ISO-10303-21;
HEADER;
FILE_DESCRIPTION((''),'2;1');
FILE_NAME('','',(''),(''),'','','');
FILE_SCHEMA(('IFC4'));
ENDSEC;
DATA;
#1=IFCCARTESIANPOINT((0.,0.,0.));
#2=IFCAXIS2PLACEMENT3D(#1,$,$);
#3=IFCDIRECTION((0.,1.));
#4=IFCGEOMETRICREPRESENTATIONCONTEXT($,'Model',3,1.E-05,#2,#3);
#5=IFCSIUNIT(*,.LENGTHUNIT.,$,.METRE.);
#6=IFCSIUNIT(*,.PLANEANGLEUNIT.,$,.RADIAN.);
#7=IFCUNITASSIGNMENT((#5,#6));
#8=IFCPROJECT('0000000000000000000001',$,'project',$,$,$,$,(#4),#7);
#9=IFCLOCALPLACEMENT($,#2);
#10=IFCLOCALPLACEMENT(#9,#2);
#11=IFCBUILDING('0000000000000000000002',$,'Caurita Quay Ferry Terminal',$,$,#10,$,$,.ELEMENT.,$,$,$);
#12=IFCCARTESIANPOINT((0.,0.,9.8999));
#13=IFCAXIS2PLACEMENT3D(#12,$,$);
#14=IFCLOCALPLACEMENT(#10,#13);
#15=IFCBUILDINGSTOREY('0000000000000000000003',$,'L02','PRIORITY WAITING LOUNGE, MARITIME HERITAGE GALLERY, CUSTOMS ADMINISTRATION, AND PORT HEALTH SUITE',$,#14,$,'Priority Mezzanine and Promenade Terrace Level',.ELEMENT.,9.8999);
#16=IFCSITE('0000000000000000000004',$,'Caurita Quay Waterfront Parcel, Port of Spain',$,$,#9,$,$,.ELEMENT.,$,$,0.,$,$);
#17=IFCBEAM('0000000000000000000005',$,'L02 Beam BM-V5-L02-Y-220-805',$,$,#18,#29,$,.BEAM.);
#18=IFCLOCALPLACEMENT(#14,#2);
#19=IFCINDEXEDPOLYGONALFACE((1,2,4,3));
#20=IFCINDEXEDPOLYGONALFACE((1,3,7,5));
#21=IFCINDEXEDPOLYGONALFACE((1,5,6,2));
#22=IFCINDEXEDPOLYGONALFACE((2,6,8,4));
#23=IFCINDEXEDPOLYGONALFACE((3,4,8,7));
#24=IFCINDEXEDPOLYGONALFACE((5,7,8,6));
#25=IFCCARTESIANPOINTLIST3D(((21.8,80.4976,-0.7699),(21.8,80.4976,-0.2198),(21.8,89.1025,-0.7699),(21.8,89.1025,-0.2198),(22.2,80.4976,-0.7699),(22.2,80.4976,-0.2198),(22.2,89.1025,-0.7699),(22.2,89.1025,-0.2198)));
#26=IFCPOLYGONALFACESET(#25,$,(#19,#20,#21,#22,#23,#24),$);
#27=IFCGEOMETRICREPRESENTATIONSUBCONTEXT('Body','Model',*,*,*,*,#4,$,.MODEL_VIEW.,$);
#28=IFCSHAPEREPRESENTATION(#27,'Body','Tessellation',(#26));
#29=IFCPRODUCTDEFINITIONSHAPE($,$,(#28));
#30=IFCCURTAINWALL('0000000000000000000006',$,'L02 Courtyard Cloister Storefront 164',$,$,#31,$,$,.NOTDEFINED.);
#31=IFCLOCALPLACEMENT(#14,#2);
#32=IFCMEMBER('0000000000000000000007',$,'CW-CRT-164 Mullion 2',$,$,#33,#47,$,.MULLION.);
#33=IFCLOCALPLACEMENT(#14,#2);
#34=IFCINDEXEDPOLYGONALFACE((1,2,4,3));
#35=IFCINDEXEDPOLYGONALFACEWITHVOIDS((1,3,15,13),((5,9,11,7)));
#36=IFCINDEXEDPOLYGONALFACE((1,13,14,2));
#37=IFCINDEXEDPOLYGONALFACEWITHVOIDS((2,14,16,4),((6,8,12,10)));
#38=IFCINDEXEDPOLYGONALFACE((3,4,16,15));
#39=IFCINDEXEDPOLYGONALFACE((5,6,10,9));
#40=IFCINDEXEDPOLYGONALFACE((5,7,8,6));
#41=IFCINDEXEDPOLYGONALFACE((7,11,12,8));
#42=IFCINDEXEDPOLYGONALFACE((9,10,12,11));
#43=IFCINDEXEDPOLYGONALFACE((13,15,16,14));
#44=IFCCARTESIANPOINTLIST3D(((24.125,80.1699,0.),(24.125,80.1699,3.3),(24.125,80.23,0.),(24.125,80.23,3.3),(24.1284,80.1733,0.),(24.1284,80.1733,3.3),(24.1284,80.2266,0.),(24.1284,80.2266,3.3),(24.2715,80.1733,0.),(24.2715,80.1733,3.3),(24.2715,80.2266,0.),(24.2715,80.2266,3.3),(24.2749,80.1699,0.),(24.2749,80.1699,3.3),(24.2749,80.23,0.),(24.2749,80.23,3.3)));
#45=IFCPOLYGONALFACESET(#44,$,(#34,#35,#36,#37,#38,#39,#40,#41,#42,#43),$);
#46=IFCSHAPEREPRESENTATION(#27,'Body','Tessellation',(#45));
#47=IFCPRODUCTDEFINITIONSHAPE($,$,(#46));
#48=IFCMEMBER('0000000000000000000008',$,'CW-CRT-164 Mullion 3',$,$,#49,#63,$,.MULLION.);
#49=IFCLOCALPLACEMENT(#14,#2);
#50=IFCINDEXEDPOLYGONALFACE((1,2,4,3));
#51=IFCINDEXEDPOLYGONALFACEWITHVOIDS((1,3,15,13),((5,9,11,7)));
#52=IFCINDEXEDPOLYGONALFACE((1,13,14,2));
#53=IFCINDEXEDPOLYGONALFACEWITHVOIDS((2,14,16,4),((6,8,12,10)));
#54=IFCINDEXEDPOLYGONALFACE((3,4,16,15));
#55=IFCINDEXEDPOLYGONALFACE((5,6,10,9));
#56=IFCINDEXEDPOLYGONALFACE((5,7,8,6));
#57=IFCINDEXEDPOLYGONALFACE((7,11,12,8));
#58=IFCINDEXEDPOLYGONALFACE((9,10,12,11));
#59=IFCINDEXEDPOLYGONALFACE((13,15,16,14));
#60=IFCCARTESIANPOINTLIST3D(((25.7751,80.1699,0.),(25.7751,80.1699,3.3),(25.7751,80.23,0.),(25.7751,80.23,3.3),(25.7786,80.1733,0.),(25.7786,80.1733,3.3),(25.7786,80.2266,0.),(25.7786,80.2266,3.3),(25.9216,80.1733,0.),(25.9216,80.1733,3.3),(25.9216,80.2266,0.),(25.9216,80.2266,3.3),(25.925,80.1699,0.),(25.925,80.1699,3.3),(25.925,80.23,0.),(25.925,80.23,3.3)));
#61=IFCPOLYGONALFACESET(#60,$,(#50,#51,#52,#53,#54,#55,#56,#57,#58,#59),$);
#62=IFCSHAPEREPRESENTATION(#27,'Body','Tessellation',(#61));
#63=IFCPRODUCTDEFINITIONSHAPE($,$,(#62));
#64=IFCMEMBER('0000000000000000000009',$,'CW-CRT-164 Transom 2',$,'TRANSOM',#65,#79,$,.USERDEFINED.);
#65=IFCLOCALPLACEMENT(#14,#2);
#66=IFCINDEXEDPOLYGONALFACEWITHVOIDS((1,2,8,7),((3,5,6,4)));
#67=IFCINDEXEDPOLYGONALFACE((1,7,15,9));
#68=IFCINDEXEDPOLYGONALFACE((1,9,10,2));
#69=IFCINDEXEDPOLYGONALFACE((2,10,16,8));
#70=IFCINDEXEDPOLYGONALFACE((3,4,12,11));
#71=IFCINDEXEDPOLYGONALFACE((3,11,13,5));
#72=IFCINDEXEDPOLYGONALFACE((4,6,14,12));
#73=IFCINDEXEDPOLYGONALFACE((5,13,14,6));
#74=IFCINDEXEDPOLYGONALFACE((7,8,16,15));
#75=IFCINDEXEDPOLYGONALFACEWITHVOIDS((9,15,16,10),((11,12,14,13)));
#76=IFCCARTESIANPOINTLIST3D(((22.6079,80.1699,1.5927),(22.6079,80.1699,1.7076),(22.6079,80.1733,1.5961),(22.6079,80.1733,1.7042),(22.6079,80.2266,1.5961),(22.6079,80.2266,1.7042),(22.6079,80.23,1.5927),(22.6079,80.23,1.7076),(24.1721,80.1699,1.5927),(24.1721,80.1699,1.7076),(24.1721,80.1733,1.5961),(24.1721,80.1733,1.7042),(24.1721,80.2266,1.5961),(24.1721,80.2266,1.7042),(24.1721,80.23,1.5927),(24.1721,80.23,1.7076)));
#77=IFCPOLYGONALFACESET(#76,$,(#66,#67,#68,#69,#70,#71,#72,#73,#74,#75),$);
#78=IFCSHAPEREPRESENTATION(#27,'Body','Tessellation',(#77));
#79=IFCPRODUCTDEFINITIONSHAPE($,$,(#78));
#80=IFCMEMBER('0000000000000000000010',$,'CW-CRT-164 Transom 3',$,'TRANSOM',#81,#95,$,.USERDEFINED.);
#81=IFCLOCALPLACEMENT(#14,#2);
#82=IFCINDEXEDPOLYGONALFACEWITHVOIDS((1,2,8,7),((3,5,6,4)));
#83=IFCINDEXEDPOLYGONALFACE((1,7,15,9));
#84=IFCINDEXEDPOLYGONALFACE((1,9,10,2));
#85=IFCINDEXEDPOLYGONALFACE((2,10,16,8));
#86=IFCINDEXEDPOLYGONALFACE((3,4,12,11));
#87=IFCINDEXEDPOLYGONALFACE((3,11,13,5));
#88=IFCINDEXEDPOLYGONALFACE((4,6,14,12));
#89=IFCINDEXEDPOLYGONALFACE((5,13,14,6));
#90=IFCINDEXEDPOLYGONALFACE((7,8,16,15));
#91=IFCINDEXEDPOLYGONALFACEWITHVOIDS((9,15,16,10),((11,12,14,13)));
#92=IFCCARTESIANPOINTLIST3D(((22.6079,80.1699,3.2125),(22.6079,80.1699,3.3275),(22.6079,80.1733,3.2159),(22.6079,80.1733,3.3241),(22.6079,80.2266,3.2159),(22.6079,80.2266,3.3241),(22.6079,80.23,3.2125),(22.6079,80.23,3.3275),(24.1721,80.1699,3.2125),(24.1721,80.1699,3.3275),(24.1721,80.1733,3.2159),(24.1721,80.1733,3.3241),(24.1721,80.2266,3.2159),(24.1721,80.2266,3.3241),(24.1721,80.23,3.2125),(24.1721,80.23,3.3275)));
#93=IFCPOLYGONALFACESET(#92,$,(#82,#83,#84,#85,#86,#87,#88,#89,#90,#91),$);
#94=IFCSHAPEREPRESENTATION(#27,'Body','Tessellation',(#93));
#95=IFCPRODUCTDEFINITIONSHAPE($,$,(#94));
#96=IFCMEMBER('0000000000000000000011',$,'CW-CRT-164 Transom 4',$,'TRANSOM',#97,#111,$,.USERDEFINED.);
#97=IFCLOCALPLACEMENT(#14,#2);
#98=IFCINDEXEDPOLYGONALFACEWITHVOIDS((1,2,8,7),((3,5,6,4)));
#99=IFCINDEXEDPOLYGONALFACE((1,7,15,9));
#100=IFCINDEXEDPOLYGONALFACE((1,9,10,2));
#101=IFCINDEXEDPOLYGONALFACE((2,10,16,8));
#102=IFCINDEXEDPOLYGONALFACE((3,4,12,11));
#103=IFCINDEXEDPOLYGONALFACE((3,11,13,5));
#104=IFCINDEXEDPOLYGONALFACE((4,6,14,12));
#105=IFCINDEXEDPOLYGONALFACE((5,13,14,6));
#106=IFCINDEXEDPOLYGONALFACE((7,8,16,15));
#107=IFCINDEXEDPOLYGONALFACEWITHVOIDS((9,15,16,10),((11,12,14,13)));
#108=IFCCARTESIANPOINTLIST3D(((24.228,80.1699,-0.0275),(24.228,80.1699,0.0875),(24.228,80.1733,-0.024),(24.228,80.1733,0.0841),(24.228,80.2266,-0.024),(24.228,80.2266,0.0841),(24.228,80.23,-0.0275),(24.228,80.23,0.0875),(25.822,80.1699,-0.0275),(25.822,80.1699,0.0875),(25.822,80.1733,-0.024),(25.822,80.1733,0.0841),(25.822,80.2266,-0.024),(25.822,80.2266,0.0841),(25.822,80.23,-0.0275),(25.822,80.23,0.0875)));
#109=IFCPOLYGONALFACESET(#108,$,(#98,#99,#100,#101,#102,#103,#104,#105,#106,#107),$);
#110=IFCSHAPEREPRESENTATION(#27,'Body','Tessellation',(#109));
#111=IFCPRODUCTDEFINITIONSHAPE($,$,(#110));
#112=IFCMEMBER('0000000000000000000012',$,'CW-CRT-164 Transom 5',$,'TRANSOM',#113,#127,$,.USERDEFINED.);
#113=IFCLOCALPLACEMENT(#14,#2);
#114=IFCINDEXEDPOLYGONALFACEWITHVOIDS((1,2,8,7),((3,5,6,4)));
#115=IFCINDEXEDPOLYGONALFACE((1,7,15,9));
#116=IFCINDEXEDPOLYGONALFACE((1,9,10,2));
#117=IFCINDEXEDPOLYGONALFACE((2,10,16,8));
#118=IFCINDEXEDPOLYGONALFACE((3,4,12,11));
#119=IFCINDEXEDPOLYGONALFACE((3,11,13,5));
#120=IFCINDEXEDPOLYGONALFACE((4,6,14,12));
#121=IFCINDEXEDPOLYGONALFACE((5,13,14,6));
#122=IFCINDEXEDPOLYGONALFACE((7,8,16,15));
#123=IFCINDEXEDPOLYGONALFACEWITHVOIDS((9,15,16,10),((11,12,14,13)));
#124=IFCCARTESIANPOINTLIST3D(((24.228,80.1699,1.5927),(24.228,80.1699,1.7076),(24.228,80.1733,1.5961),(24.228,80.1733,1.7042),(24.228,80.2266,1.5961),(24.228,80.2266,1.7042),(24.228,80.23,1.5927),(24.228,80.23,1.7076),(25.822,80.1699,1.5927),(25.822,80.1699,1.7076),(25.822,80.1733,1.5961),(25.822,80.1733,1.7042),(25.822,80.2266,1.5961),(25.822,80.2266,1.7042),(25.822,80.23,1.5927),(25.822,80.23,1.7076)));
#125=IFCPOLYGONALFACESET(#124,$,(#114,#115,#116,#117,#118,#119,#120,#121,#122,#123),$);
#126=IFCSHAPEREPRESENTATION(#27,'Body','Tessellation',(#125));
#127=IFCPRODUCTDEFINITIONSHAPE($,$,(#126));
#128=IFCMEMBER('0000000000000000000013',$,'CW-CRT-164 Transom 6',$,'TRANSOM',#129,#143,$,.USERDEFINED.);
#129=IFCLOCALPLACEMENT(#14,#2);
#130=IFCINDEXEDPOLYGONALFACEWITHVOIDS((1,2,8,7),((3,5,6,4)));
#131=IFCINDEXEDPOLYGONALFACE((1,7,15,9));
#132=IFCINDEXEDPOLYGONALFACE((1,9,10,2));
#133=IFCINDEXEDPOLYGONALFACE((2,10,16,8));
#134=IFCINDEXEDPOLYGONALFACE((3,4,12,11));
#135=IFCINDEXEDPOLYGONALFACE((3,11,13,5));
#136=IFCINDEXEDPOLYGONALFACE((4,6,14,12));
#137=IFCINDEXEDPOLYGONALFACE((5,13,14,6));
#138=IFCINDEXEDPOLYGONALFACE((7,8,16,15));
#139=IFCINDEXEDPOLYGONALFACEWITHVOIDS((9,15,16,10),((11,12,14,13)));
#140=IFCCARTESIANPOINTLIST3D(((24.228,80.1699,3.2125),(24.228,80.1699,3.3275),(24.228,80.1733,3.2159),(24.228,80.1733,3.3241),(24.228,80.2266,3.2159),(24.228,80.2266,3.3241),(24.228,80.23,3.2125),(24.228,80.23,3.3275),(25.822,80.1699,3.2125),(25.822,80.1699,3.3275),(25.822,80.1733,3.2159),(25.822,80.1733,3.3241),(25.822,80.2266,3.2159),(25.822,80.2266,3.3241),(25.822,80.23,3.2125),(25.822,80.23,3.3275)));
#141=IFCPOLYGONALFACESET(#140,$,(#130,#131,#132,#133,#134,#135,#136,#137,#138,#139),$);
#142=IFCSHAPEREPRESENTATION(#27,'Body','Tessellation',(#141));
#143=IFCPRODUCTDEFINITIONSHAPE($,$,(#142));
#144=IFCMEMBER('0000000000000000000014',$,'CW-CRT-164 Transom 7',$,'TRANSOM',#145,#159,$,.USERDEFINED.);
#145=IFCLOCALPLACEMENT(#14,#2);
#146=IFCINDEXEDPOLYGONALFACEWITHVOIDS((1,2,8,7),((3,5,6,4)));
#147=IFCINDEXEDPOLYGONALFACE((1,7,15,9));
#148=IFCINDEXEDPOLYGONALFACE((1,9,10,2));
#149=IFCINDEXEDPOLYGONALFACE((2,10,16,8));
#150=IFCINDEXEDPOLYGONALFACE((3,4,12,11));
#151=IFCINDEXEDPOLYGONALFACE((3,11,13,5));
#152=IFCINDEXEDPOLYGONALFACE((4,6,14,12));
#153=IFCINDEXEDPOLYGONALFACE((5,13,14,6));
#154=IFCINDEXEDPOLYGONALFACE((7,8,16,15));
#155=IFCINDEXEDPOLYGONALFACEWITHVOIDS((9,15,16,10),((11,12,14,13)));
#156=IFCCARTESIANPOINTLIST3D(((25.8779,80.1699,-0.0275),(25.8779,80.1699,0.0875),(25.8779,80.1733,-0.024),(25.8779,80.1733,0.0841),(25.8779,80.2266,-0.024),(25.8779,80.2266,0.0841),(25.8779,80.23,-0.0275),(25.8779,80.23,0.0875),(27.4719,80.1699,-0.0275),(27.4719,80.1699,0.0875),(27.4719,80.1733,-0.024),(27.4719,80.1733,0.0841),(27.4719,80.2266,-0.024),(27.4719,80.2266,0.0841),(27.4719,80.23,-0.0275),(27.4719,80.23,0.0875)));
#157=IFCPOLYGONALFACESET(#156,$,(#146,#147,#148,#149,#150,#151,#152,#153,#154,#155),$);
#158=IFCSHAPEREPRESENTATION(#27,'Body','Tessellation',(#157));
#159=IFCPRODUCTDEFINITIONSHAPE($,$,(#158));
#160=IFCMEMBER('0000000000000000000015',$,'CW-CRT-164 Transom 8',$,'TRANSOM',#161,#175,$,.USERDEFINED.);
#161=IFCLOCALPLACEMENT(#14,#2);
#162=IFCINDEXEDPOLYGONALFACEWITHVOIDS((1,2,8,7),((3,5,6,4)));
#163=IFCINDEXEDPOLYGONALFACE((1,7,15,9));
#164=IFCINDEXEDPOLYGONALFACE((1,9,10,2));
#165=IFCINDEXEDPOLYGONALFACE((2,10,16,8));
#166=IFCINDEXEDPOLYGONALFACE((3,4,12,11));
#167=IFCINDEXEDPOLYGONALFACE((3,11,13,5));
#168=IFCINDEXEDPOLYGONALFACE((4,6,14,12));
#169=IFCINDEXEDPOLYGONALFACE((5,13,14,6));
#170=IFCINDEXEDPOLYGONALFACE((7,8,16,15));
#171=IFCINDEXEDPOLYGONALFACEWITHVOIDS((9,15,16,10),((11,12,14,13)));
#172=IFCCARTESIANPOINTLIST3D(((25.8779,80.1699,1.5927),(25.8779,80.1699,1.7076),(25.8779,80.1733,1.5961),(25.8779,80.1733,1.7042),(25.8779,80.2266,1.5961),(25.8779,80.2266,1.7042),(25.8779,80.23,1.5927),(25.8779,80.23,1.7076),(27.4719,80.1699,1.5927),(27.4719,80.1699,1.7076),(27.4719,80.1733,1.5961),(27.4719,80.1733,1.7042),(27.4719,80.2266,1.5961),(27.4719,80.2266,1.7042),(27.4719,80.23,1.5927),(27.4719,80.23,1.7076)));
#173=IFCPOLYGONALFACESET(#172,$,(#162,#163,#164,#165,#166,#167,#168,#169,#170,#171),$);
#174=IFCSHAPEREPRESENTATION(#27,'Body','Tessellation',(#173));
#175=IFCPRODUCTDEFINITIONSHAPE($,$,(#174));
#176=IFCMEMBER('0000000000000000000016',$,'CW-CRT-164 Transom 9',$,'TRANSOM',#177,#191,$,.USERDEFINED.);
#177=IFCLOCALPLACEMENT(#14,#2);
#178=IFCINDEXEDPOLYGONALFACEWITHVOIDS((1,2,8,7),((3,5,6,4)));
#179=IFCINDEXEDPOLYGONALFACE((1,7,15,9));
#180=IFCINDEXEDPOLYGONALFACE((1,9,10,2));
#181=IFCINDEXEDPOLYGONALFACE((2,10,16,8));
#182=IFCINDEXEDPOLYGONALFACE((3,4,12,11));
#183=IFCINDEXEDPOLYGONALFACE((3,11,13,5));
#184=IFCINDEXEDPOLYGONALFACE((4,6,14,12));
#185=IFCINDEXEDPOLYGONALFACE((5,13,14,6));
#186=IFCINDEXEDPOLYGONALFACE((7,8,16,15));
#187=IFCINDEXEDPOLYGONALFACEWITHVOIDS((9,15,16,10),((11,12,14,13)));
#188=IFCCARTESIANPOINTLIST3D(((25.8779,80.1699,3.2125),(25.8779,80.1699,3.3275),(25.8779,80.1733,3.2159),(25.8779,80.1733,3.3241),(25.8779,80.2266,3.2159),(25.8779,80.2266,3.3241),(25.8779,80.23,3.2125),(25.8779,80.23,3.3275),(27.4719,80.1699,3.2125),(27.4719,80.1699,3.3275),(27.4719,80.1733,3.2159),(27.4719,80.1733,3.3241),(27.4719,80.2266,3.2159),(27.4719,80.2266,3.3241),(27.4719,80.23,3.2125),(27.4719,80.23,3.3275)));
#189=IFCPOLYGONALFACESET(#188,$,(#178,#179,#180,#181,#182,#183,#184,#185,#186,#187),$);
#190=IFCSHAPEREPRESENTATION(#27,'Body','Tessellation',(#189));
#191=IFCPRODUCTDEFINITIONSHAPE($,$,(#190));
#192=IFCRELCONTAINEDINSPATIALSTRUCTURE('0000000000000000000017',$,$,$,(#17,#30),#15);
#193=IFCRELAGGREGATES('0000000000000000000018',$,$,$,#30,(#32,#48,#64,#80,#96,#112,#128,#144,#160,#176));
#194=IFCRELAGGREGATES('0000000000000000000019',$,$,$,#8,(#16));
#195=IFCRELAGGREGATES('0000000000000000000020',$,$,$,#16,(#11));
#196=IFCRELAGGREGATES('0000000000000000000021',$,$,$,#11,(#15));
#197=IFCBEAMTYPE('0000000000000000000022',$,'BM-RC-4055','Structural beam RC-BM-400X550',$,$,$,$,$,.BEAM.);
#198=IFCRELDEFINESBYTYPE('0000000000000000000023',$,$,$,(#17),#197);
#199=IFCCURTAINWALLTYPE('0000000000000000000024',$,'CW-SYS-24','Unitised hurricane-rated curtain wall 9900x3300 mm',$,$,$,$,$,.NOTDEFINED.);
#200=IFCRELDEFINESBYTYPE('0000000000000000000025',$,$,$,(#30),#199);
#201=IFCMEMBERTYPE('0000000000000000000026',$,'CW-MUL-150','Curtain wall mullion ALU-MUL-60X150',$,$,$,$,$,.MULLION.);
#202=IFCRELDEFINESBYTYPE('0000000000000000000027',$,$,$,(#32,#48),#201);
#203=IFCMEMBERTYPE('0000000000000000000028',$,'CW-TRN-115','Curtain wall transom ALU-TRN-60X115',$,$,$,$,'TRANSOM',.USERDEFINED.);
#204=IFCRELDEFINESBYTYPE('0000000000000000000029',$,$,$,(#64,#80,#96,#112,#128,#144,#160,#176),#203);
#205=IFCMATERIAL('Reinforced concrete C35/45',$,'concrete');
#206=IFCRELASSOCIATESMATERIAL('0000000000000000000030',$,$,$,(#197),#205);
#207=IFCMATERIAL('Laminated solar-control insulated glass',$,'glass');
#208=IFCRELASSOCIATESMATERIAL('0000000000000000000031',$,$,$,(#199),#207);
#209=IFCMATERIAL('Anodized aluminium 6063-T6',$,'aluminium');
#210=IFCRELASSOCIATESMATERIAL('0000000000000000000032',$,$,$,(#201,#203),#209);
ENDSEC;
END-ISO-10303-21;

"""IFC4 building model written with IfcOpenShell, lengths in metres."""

from ifc_helpers import new_model, si_unit, direction, frame, origin, origin_2d, place, context, subcontext, project, spatial, rectangle, hollow_rectangle, extrude, material, material_profile, profile_set, type_object, element, aggregate, save


model = new_model("IFC4")

# Units and contexts
model_context = context("Model", 3, precision=1e-05, world=origin(), true_north=direction((0.0, 1.0)))
body_context = subcontext(model_context, "Body", "Model", "MODEL_VIEW")
ifc_project = project(units=[si_unit("LENGTHUNIT", "METRE"), si_unit("PLANEANGLEUNIT", "RADIAN")], contexts=[model_context])

# Site, building, storey
site_placement = place(None, origin())
site = spatial("IfcSite", under=ifc_project, at=site_placement, Name="Caurita Quay Waterfront Parcel, Port of Spain", CompositionType="ELEMENT", RefElevation=0.0)
building_placement = place(site_placement, origin())
building = spatial("IfcBuilding", under=site, at=building_placement, Name="Caurita Quay Ferry Terminal", CompositionType="ELEMENT")
storey_placement = place(building_placement, frame((0.0, 0.0, 9.8999)))
storey = spatial("IfcBuildingStorey", under=building, at=storey_placement, Name="L02", Description="PRIORITY WAITING LOUNGE, MARITIME HERITAGE GALLERY, CUSTOMS ADMINISTRATION, AND PORT HEALTH SUITE", LongName="Priority Mezzanine and Promenade Terrace Level", CompositionType="ELEMENT", Elevation=9.8999)

# Beam
ifc_material_1 = material(Name="Reinforced concrete C35/45", Category="concrete")
ifc_material_profile_1 = material_profile(ifc_material_1, rectangle(XDim=0.3999, YDim=0.55, at=origin_2d()), Name="RC-BM-400X550")
ifc_profile_set_1 = profile_set([ifc_material_profile_1], Name="Reinforced concrete C35/45")
beam_type = type_object("IfcBeamType", Name="BM-RC-4055", Description="Structural beam RC-BM-400X550", PredefinedType="BEAM", material=ifc_profile_set_1)
beam_placement = place(storey_placement, frame((22.0, 80.4976, -0.4949), z_axis=(0.0, 1.0, 0.0), x_axis=(-1.0, 0.0, 0.0)))
element("IfcBeam", 1, at=beam_placement, inside=storey, type_object=beam_type, Name="L02 Beam BM-V5-L02-Y-220-805", PredefinedType="BEAM", context=body_context, shape_type="SweptSolid", body=[
    extrude(rectangle(XDim=0.3999, YDim=0.55, at=origin_2d()), origin(), (0.0, 0.0, 1.0), 8.605),
])

# Curtain wall, members
ifc_material_2 = material(Name="Laminated solar-control insulated glass", Category="glass")
curtain_wall_type = type_object("IfcCurtainWallType", Name="CW-SYS-24", Description="Unitised hurricane-rated curtain wall 9900x3300 mm", PredefinedType="NOTDEFINED", material=ifc_material_2)
curtain_wall_placement = place(storey_placement, origin())
curtain_wall = element("IfcCurtainWall", 2, at=curtain_wall_placement, inside=storey, type_object=curtain_wall_type, Name="L02 Courtyard Cloister Storefront 164", PredefinedType="NOTDEFINED")
ifc_material_3 = material(Name="Anodized aluminium 6063-T6", Category="aluminium")
ifc_material_profile_2 = material_profile(ifc_material_3, hollow_rectangle(XDim=0.0601, YDim=0.1499, WallThickness=0.0034, at=origin_2d()), Name="ALU-MUL-60X150")
ifc_profile_set_2 = profile_set([ifc_material_profile_2], Name="Anodized aluminium 6063-T6")
member_type_1 = type_object("IfcMemberType", Name="CW-MUL-150", Description="Curtain wall mullion ALU-MUL-60X150", PredefinedType="MULLION", material=ifc_profile_set_2)
member_1_placement = place(storey_placement, frame((24.2, 80.2, 0.0), z_axis=(0.0, 0.0, 1.0), x_axis=(0.0, 1.0, 0.0)))
member_1 = element("IfcMember", 3, at=member_1_placement, type_object=member_type_1, Name="CW-CRT-164 Mullion 2", PredefinedType="MULLION", context=body_context, shape_type="SweptSolid", body=[
    extrude(hollow_rectangle(XDim=0.0601, YDim=0.1499, WallThickness=0.0034, at=origin_2d()), origin(), (0.0, 0.0, 1.0), 3.3),
])
member_2_placement = place(storey_placement, frame((25.8501, 80.2, 0.0), z_axis=(0.0, 0.0, 1.0), x_axis=(0.0, 1.0, 0.0)))
member_2 = element("IfcMember", 4, at=member_2_placement, type_object=member_type_1, Name="CW-CRT-164 Mullion 3", PredefinedType="MULLION", context=body_context, shape_type="SweptSolid", body=[
    extrude(hollow_rectangle(XDim=0.0601, YDim=0.1499, WallThickness=0.0034, at=origin_2d()), origin(), (0.0, 0.0, 1.0), 3.3),
])
ifc_material_profile_3 = material_profile(ifc_material_3, hollow_rectangle(XDim=0.0601, YDim=0.115, WallThickness=0.0034, at=origin_2d()), Name="ALU-TRN-60X115")
ifc_profile_set_3 = profile_set([ifc_material_profile_3], Name="Anodized aluminium 6063-T6")
member_type_2 = type_object("IfcMemberType", Name="CW-TRN-115", Description="Curtain wall transom ALU-TRN-60X115", ElementType="TRANSOM", PredefinedType="USERDEFINED", material=ifc_profile_set_3)
member_3_placement = place(storey_placement, frame((22.6079, 80.2, 1.6501), z_axis=(1.0, 0.0, 0.0), x_axis=(0.0, 1.0, 0.0)))
member_3 = element("IfcMember", 5, at=member_3_placement, type_object=member_type_2, Name="CW-CRT-164 Transom 2", ObjectType="TRANSOM", PredefinedType="USERDEFINED", context=body_context, shape_type="SweptSolid", body=[
    extrude(hollow_rectangle(XDim=0.0601, YDim=0.115, WallThickness=0.0034, at=origin_2d()), origin(), (0.0, 0.0, 1.0), 1.5642),
])
member_4_placement = place(storey_placement, frame((22.6079, 80.2, 3.27), z_axis=(1.0, 0.0, 0.0), x_axis=(0.0, 1.0, 0.0)))
member_4 = element("IfcMember", 6, at=member_4_placement, type_object=member_type_2, Name="CW-CRT-164 Transom 3", ObjectType="TRANSOM", PredefinedType="USERDEFINED", context=body_context, shape_type="SweptSolid", body=[
    extrude(hollow_rectangle(XDim=0.0601, YDim=0.115, WallThickness=0.0034, at=origin_2d()), origin(), (0.0, 0.0, 1.0), 1.5642),
])
member_5_placement = place(storey_placement, frame((24.228, 80.2, 0.03), z_axis=(1.0, 0.0, 0.0), x_axis=(0.0, 1.0, 0.0)))
member_5 = element("IfcMember", 7, at=member_5_placement, type_object=member_type_2, Name="CW-CRT-164 Transom 4", ObjectType="TRANSOM", PredefinedType="USERDEFINED", context=body_context, shape_type="SweptSolid", body=[
    extrude(hollow_rectangle(XDim=0.0601, YDim=0.115, WallThickness=0.0034, at=origin_2d()), origin(), (0.0, 0.0, 1.0), 1.594),
])
member_6_placement = place(storey_placement, frame((24.228, 80.2, 1.6501), z_axis=(1.0, 0.0, 0.0), x_axis=(0.0, 1.0, 0.0)))
member_6 = element("IfcMember", 8, at=member_6_placement, type_object=member_type_2, Name="CW-CRT-164 Transom 5", ObjectType="TRANSOM", PredefinedType="USERDEFINED", context=body_context, shape_type="SweptSolid", body=[
    extrude(hollow_rectangle(XDim=0.0601, YDim=0.115, WallThickness=0.0034, at=origin_2d()), origin(), (0.0, 0.0, 1.0), 1.594),
])
member_7_placement = place(storey_placement, frame((24.228, 80.2, 3.27), z_axis=(1.0, 0.0, 0.0), x_axis=(0.0, 1.0, 0.0)))
member_7 = element("IfcMember", 9, at=member_7_placement, type_object=member_type_2, Name="CW-CRT-164 Transom 6", ObjectType="TRANSOM", PredefinedType="USERDEFINED", context=body_context, shape_type="SweptSolid", body=[
    extrude(hollow_rectangle(XDim=0.0601, YDim=0.115, WallThickness=0.0034, at=origin_2d()), origin(), (0.0, 0.0, 1.0), 1.594),
])
member_8_placement = place(storey_placement, frame((25.8779, 80.2, 0.03), z_axis=(1.0, 0.0, 0.0), x_axis=(0.0, 1.0, 0.0)))
member_8 = element("IfcMember", 10, at=member_8_placement, type_object=member_type_2, Name="CW-CRT-164 Transom 7", ObjectType="TRANSOM", PredefinedType="USERDEFINED", context=body_context, shape_type="SweptSolid", body=[
    extrude(hollow_rectangle(XDim=0.0601, YDim=0.115, WallThickness=0.0034, at=origin_2d()), origin(), (0.0, 0.0, 1.0), 1.594),
])
member_9_placement = place(storey_placement, frame((25.8779, 80.2, 1.6501), z_axis=(1.0, 0.0, 0.0), x_axis=(0.0, 1.0, 0.0)))
member_9 = element("IfcMember", 11, at=member_9_placement, type_object=member_type_2, Name="CW-CRT-164 Transom 8", ObjectType="TRANSOM", PredefinedType="USERDEFINED", context=body_context, shape_type="SweptSolid", body=[
    extrude(hollow_rectangle(XDim=0.0601, YDim=0.115, WallThickness=0.0034, at=origin_2d()), origin(), (0.0, 0.0, 1.0), 1.594),
])
member_10_placement = place(storey_placement, frame((25.8779, 80.2, 3.27), z_axis=(1.0, 0.0, 0.0), x_axis=(0.0, 1.0, 0.0)))
member_10 = element("IfcMember", 12, at=member_10_placement, type_object=member_type_2, Name="CW-CRT-164 Transom 9", ObjectType="TRANSOM", PredefinedType="USERDEFINED", context=body_context, shape_type="SweptSolid", body=[
    extrude(hollow_rectangle(XDim=0.0601, YDim=0.115, WallThickness=0.0034, at=origin_2d()), origin(), (0.0, 0.0, 1.0), 1.594),
])
aggregate(curtain_wall, [member_1, member_2, member_3, member_4, member_5, member_6, member_7, member_8, member_9, member_10])

save(model, "model.ifc")
